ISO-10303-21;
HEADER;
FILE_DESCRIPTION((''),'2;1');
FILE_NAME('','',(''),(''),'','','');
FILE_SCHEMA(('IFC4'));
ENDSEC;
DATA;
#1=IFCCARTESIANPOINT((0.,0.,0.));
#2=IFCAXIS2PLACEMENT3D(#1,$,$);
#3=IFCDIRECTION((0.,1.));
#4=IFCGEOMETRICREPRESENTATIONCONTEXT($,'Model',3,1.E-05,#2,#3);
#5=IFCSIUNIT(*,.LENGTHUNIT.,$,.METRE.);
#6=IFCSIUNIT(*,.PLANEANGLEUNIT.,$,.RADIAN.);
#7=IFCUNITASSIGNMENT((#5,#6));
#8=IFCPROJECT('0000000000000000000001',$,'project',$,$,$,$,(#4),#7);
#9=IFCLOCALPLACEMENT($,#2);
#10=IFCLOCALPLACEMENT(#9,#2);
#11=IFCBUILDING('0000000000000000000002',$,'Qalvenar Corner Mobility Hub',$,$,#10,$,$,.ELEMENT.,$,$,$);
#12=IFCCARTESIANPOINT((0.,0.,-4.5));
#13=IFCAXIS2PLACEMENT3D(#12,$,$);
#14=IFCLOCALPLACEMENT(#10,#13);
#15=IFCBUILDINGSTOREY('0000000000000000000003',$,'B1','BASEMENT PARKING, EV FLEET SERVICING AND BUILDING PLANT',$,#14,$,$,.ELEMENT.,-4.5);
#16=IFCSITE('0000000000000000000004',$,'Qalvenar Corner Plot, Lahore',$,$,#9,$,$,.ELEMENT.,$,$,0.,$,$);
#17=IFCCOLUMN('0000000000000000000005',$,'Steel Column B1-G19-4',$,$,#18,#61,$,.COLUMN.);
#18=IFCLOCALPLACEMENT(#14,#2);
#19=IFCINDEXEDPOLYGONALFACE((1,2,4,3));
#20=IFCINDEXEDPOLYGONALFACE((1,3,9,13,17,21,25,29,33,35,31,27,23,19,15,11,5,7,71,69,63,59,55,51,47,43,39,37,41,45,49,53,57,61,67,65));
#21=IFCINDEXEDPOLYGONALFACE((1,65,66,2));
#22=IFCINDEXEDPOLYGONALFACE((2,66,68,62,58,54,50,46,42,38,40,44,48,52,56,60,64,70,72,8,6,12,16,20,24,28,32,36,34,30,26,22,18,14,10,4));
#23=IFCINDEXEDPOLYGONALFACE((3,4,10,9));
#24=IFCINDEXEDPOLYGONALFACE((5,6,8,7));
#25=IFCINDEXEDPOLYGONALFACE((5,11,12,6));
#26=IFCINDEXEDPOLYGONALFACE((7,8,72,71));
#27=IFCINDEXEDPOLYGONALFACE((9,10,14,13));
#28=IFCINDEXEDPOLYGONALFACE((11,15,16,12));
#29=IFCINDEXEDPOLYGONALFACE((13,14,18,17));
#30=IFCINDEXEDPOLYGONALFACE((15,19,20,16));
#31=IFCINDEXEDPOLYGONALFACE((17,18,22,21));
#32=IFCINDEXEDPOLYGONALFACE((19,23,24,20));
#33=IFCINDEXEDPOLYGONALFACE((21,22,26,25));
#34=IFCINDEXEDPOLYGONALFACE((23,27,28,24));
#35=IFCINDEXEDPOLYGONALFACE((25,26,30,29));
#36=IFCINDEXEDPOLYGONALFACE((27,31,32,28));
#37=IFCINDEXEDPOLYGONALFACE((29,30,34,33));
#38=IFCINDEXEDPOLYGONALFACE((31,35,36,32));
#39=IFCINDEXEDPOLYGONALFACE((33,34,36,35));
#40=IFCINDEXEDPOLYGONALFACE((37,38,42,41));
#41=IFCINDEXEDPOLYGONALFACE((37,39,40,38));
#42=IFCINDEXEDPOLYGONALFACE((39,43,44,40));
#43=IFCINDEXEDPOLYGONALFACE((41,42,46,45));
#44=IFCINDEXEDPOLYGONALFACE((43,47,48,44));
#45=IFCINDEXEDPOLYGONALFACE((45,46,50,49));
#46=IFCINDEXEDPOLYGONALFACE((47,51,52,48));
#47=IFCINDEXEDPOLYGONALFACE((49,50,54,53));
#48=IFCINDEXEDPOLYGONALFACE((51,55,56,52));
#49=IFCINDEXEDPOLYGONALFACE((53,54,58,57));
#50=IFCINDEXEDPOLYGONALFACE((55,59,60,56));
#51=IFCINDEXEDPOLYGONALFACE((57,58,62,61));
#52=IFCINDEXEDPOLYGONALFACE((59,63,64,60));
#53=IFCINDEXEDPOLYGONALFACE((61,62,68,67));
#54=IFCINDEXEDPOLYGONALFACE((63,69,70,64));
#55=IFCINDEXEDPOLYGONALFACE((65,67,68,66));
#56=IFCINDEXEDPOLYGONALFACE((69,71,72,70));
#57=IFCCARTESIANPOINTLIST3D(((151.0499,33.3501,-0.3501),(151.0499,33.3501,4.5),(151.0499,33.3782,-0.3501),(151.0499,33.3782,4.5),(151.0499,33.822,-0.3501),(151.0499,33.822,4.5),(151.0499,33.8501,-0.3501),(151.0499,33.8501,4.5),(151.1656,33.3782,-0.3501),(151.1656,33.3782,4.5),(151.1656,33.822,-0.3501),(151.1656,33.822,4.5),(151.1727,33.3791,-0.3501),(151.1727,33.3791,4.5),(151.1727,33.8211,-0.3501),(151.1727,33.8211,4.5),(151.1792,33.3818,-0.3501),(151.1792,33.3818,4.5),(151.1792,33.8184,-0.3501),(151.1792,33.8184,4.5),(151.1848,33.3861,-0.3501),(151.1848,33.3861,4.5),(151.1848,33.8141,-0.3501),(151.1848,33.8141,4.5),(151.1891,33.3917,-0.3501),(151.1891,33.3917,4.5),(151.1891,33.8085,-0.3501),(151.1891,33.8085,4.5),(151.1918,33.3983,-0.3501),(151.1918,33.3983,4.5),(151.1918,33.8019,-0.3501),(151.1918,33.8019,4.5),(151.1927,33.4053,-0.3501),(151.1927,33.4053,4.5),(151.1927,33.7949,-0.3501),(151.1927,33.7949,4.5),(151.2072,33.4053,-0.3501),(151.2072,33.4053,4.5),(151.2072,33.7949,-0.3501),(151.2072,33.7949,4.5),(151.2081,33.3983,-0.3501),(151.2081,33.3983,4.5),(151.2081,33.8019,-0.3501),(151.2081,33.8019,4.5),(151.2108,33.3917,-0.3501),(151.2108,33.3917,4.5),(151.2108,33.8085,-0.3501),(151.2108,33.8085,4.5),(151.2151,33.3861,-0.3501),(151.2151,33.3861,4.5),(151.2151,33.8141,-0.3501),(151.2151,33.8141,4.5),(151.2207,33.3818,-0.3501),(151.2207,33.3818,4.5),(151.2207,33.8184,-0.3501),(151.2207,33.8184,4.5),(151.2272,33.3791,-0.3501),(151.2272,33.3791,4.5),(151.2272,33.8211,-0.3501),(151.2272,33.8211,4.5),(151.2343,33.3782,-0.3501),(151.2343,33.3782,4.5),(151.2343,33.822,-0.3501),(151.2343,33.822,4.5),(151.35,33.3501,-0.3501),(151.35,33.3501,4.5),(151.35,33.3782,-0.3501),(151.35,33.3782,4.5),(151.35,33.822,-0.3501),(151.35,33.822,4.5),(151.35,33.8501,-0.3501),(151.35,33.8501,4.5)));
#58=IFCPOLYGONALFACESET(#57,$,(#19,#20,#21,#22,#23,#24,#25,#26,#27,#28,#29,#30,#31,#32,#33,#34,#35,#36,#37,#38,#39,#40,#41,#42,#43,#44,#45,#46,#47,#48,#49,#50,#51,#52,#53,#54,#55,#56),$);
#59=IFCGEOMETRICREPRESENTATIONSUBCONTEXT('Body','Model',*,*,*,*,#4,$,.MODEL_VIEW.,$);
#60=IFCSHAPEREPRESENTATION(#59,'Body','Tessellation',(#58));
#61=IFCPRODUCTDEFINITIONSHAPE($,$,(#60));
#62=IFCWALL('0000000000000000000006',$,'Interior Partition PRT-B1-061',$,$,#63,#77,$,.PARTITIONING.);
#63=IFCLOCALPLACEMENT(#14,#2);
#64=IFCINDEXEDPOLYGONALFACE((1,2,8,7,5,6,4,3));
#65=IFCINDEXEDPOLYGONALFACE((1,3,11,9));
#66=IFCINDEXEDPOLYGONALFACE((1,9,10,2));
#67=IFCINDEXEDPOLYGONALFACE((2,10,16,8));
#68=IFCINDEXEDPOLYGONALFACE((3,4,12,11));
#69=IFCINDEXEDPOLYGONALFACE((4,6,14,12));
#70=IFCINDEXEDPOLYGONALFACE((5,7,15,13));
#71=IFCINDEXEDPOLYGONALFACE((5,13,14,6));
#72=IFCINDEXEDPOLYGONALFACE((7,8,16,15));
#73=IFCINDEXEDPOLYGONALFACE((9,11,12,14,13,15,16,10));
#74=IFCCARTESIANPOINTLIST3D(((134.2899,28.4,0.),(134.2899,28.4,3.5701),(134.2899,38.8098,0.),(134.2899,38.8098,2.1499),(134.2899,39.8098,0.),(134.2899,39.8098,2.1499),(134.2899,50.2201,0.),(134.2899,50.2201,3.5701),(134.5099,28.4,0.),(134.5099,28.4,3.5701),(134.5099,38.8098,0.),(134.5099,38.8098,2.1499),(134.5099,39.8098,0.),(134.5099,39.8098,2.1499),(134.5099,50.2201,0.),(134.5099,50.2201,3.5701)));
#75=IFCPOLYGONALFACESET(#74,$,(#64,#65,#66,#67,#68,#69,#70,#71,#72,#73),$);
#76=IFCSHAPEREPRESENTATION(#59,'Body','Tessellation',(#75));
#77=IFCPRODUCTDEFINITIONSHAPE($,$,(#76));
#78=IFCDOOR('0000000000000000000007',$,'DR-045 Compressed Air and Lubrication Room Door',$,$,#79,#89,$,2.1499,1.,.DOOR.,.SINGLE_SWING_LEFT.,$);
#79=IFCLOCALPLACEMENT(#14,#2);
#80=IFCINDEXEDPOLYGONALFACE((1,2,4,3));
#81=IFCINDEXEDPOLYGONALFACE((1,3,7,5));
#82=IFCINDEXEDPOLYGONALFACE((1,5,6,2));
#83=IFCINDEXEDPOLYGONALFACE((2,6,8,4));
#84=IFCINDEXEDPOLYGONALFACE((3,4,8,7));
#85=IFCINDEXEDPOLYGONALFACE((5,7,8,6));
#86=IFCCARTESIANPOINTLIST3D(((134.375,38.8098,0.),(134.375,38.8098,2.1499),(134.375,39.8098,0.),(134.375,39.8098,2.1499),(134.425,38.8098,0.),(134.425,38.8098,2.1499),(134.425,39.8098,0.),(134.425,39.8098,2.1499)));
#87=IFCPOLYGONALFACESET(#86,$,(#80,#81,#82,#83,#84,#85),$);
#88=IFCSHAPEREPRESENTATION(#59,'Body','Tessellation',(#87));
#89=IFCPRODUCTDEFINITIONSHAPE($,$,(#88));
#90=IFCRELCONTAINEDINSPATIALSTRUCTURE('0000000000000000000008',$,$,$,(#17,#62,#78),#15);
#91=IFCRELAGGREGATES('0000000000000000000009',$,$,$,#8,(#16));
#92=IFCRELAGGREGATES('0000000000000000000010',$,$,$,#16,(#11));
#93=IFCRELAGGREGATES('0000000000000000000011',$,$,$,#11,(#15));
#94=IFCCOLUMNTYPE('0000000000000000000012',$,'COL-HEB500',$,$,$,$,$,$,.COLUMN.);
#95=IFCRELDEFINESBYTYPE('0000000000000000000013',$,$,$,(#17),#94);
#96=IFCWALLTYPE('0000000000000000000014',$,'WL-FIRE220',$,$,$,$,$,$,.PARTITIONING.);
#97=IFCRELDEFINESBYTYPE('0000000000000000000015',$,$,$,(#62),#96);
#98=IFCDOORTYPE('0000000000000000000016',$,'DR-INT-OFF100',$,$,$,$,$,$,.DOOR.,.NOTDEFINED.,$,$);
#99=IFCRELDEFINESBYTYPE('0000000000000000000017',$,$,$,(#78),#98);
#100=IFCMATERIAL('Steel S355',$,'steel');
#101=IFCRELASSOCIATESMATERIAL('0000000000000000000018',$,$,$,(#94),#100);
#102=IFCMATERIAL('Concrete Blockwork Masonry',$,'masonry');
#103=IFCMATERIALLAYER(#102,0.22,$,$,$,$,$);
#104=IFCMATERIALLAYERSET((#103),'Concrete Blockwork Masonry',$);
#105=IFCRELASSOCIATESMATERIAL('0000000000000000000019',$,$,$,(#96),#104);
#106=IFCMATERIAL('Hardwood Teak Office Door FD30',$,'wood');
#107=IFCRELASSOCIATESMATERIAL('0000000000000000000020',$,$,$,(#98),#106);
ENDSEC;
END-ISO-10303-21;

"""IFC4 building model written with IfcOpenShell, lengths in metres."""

from ifc_helpers import new_model, si_unit, direction, frame, frame_2d, origin, origin_2d, place, context, subcontext, project, spatial, rectangle, i_section, extrude, material, layer, layer_set, material_profile, profile_set, type_object, element, fill, save


model = new_model("IFC4")

# Units and contexts
model_context = context("Model", 3, precision=1e-05, world=origin(), true_north=direction((0.0, 1.0)))
body_context = subcontext(model_context, "Body", "Model", "MODEL_VIEW")
ifc_project = project(units=[si_unit("LENGTHUNIT", "METRE"), si_unit("PLANEANGLEUNIT", "RADIAN")], contexts=[model_context])

# Site, building, storey
site_placement = place(None, origin())
site = spatial("IfcSite", under=ifc_project, at=site_placement, Name="Qalvenar Corner Plot, Lahore", CompositionType="ELEMENT", RefElevation=0.0)
building_placement = place(site_placement, origin())
building = spatial("IfcBuilding", under=site, at=building_placement, Name="Qalvenar Corner Mobility Hub", CompositionType="ELEMENT")
storey_placement = place(building_placement, frame((0.0, 0.0, -4.5)))
storey = spatial("IfcBuildingStorey", under=building, at=storey_placement, Name="B1", Description="BASEMENT PARKING, EV FLEET SERVICING AND BUILDING PLANT", CompositionType="ELEMENT", Elevation=-4.5)

# Column
ifc_material_1 = material(Name="Steel S355", Category="steel")
ifc_material_profile_1 = material_profile(ifc_material_1, i_section(OverallWidth=0.3, OverallDepth=0.5, WebThickness=0.0144, FlangeThickness=0.0281, FilletRadius=0.0271, at=origin_2d()), Name="HEB500")
ifc_profile_set_1 = profile_set([ifc_material_profile_1], Name="Steel S355")
column_type_1 = type_object("IfcColumnType", Name="COL-HEB500", PredefinedType="COLUMN", material=ifc_profile_set_1)
for number, where, z_axis, x_axis, name in (
    (1, (151.2, 33.6001, -0.3501), (0.0, 0.0, 1.0), (1.0, 0.0, 0.0), "Steel Column B1-G19-4"),
):
    element("IfcColumn", number, at=place(storey_placement, frame(where, z_axis=z_axis, x_axis=x_axis)), inside=storey, type_object=column_type_1, Name=name, PredefinedType="COLUMN", context=body_context, shape_type="SweptSolid", body=[
        extrude(i_section(OverallWidth=0.3, OverallDepth=0.5, WebThickness=0.0144, FlangeThickness=0.0281, FilletRadius=0.0271, at=origin_2d()), origin(), (0.0, 0.0, 1.0), 4.8501),
    ])

# Wall, opening, door
ifc_material_2 = material(Name="Concrete Blockwork Masonry", Category="masonry")
ifc_layer = layer(ifc_material_2, 0.22)
ifc_layer_set = layer_set([ifc_layer], Name="Concrete Blockwork Masonry")
wall_type = type_object("IfcWallType", Name="WL-FIRE220", PredefinedType="PARTITIONING", material=ifc_layer_set)
wall_placement = place(storey_placement, frame((134.3999, 28.3999, 0.0), z_axis=(0.0, 0.0, 1.0), x_axis=(0.0, 1.0, 0.0)))
wall = element("IfcWall", 2, at=wall_placement, inside=storey, type_object=wall_type, Name="Interior Partition PRT-B1-061", PredefinedType="PARTITIONING", context=body_context, shape_type="SweptSolid", body=[
    extrude(rectangle(XDim=21.8201, YDim=0.22, at=frame_2d((10.9102, 0.0))), origin(), (0.0, 0.0, 1.0), 3.5701),
])
opening_placement = place(wall_placement, frame((10.4099, 0.0, 0.0)))
opening = element("IfcOpeningElement", 3, at=opening_placement, cuts=wall, PredefinedType="OPENING", context=body_context, shape_type="SweptSolid", body=[
    extrude(rectangle(XDim=1.0, YDim=2.1499, at=frame_2d((0.5, 1.075))), frame((0.0, 0.1201, 0.0), z_axis=(0.0, -1.0, 0.0), x_axis=(1.0, 0.0, 0.0)), (0.0, 0.0, 1.0), 0.24),
])
ifc_material_3 = material(Name="Hardwood Teak Office Door FD30", Category="wood")
door_type = type_object("IfcDoorType", Name="DR-INT-OFF100", OperationType="NOTDEFINED", PredefinedType="DOOR", material=ifc_material_3)
door_placement = place(opening_placement, origin())
door = element("IfcDoor", 4, at=door_placement, inside=storey, type_object=door_type, Name="DR-045 Compressed Air and Lubrication Room Door", OperationType="SINGLE_SWING_LEFT", OverallHeight=2.1499, OverallWidth=1.0, PredefinedType="DOOR", context=body_context, shape_type="SweptSolid", body=[
    extrude(rectangle(XDim=1.0, YDim=2.1499, at=frame_2d((0.5, 1.075))), frame((0.0, 0.0249, 0.0), z_axis=(0.0, -1.0, 0.0), x_axis=(1.0, 0.0, 0.0)), (0.0, 0.0, 1.0), 0.05),
])
fill(opening, door)

save(model, "model.ifc")
